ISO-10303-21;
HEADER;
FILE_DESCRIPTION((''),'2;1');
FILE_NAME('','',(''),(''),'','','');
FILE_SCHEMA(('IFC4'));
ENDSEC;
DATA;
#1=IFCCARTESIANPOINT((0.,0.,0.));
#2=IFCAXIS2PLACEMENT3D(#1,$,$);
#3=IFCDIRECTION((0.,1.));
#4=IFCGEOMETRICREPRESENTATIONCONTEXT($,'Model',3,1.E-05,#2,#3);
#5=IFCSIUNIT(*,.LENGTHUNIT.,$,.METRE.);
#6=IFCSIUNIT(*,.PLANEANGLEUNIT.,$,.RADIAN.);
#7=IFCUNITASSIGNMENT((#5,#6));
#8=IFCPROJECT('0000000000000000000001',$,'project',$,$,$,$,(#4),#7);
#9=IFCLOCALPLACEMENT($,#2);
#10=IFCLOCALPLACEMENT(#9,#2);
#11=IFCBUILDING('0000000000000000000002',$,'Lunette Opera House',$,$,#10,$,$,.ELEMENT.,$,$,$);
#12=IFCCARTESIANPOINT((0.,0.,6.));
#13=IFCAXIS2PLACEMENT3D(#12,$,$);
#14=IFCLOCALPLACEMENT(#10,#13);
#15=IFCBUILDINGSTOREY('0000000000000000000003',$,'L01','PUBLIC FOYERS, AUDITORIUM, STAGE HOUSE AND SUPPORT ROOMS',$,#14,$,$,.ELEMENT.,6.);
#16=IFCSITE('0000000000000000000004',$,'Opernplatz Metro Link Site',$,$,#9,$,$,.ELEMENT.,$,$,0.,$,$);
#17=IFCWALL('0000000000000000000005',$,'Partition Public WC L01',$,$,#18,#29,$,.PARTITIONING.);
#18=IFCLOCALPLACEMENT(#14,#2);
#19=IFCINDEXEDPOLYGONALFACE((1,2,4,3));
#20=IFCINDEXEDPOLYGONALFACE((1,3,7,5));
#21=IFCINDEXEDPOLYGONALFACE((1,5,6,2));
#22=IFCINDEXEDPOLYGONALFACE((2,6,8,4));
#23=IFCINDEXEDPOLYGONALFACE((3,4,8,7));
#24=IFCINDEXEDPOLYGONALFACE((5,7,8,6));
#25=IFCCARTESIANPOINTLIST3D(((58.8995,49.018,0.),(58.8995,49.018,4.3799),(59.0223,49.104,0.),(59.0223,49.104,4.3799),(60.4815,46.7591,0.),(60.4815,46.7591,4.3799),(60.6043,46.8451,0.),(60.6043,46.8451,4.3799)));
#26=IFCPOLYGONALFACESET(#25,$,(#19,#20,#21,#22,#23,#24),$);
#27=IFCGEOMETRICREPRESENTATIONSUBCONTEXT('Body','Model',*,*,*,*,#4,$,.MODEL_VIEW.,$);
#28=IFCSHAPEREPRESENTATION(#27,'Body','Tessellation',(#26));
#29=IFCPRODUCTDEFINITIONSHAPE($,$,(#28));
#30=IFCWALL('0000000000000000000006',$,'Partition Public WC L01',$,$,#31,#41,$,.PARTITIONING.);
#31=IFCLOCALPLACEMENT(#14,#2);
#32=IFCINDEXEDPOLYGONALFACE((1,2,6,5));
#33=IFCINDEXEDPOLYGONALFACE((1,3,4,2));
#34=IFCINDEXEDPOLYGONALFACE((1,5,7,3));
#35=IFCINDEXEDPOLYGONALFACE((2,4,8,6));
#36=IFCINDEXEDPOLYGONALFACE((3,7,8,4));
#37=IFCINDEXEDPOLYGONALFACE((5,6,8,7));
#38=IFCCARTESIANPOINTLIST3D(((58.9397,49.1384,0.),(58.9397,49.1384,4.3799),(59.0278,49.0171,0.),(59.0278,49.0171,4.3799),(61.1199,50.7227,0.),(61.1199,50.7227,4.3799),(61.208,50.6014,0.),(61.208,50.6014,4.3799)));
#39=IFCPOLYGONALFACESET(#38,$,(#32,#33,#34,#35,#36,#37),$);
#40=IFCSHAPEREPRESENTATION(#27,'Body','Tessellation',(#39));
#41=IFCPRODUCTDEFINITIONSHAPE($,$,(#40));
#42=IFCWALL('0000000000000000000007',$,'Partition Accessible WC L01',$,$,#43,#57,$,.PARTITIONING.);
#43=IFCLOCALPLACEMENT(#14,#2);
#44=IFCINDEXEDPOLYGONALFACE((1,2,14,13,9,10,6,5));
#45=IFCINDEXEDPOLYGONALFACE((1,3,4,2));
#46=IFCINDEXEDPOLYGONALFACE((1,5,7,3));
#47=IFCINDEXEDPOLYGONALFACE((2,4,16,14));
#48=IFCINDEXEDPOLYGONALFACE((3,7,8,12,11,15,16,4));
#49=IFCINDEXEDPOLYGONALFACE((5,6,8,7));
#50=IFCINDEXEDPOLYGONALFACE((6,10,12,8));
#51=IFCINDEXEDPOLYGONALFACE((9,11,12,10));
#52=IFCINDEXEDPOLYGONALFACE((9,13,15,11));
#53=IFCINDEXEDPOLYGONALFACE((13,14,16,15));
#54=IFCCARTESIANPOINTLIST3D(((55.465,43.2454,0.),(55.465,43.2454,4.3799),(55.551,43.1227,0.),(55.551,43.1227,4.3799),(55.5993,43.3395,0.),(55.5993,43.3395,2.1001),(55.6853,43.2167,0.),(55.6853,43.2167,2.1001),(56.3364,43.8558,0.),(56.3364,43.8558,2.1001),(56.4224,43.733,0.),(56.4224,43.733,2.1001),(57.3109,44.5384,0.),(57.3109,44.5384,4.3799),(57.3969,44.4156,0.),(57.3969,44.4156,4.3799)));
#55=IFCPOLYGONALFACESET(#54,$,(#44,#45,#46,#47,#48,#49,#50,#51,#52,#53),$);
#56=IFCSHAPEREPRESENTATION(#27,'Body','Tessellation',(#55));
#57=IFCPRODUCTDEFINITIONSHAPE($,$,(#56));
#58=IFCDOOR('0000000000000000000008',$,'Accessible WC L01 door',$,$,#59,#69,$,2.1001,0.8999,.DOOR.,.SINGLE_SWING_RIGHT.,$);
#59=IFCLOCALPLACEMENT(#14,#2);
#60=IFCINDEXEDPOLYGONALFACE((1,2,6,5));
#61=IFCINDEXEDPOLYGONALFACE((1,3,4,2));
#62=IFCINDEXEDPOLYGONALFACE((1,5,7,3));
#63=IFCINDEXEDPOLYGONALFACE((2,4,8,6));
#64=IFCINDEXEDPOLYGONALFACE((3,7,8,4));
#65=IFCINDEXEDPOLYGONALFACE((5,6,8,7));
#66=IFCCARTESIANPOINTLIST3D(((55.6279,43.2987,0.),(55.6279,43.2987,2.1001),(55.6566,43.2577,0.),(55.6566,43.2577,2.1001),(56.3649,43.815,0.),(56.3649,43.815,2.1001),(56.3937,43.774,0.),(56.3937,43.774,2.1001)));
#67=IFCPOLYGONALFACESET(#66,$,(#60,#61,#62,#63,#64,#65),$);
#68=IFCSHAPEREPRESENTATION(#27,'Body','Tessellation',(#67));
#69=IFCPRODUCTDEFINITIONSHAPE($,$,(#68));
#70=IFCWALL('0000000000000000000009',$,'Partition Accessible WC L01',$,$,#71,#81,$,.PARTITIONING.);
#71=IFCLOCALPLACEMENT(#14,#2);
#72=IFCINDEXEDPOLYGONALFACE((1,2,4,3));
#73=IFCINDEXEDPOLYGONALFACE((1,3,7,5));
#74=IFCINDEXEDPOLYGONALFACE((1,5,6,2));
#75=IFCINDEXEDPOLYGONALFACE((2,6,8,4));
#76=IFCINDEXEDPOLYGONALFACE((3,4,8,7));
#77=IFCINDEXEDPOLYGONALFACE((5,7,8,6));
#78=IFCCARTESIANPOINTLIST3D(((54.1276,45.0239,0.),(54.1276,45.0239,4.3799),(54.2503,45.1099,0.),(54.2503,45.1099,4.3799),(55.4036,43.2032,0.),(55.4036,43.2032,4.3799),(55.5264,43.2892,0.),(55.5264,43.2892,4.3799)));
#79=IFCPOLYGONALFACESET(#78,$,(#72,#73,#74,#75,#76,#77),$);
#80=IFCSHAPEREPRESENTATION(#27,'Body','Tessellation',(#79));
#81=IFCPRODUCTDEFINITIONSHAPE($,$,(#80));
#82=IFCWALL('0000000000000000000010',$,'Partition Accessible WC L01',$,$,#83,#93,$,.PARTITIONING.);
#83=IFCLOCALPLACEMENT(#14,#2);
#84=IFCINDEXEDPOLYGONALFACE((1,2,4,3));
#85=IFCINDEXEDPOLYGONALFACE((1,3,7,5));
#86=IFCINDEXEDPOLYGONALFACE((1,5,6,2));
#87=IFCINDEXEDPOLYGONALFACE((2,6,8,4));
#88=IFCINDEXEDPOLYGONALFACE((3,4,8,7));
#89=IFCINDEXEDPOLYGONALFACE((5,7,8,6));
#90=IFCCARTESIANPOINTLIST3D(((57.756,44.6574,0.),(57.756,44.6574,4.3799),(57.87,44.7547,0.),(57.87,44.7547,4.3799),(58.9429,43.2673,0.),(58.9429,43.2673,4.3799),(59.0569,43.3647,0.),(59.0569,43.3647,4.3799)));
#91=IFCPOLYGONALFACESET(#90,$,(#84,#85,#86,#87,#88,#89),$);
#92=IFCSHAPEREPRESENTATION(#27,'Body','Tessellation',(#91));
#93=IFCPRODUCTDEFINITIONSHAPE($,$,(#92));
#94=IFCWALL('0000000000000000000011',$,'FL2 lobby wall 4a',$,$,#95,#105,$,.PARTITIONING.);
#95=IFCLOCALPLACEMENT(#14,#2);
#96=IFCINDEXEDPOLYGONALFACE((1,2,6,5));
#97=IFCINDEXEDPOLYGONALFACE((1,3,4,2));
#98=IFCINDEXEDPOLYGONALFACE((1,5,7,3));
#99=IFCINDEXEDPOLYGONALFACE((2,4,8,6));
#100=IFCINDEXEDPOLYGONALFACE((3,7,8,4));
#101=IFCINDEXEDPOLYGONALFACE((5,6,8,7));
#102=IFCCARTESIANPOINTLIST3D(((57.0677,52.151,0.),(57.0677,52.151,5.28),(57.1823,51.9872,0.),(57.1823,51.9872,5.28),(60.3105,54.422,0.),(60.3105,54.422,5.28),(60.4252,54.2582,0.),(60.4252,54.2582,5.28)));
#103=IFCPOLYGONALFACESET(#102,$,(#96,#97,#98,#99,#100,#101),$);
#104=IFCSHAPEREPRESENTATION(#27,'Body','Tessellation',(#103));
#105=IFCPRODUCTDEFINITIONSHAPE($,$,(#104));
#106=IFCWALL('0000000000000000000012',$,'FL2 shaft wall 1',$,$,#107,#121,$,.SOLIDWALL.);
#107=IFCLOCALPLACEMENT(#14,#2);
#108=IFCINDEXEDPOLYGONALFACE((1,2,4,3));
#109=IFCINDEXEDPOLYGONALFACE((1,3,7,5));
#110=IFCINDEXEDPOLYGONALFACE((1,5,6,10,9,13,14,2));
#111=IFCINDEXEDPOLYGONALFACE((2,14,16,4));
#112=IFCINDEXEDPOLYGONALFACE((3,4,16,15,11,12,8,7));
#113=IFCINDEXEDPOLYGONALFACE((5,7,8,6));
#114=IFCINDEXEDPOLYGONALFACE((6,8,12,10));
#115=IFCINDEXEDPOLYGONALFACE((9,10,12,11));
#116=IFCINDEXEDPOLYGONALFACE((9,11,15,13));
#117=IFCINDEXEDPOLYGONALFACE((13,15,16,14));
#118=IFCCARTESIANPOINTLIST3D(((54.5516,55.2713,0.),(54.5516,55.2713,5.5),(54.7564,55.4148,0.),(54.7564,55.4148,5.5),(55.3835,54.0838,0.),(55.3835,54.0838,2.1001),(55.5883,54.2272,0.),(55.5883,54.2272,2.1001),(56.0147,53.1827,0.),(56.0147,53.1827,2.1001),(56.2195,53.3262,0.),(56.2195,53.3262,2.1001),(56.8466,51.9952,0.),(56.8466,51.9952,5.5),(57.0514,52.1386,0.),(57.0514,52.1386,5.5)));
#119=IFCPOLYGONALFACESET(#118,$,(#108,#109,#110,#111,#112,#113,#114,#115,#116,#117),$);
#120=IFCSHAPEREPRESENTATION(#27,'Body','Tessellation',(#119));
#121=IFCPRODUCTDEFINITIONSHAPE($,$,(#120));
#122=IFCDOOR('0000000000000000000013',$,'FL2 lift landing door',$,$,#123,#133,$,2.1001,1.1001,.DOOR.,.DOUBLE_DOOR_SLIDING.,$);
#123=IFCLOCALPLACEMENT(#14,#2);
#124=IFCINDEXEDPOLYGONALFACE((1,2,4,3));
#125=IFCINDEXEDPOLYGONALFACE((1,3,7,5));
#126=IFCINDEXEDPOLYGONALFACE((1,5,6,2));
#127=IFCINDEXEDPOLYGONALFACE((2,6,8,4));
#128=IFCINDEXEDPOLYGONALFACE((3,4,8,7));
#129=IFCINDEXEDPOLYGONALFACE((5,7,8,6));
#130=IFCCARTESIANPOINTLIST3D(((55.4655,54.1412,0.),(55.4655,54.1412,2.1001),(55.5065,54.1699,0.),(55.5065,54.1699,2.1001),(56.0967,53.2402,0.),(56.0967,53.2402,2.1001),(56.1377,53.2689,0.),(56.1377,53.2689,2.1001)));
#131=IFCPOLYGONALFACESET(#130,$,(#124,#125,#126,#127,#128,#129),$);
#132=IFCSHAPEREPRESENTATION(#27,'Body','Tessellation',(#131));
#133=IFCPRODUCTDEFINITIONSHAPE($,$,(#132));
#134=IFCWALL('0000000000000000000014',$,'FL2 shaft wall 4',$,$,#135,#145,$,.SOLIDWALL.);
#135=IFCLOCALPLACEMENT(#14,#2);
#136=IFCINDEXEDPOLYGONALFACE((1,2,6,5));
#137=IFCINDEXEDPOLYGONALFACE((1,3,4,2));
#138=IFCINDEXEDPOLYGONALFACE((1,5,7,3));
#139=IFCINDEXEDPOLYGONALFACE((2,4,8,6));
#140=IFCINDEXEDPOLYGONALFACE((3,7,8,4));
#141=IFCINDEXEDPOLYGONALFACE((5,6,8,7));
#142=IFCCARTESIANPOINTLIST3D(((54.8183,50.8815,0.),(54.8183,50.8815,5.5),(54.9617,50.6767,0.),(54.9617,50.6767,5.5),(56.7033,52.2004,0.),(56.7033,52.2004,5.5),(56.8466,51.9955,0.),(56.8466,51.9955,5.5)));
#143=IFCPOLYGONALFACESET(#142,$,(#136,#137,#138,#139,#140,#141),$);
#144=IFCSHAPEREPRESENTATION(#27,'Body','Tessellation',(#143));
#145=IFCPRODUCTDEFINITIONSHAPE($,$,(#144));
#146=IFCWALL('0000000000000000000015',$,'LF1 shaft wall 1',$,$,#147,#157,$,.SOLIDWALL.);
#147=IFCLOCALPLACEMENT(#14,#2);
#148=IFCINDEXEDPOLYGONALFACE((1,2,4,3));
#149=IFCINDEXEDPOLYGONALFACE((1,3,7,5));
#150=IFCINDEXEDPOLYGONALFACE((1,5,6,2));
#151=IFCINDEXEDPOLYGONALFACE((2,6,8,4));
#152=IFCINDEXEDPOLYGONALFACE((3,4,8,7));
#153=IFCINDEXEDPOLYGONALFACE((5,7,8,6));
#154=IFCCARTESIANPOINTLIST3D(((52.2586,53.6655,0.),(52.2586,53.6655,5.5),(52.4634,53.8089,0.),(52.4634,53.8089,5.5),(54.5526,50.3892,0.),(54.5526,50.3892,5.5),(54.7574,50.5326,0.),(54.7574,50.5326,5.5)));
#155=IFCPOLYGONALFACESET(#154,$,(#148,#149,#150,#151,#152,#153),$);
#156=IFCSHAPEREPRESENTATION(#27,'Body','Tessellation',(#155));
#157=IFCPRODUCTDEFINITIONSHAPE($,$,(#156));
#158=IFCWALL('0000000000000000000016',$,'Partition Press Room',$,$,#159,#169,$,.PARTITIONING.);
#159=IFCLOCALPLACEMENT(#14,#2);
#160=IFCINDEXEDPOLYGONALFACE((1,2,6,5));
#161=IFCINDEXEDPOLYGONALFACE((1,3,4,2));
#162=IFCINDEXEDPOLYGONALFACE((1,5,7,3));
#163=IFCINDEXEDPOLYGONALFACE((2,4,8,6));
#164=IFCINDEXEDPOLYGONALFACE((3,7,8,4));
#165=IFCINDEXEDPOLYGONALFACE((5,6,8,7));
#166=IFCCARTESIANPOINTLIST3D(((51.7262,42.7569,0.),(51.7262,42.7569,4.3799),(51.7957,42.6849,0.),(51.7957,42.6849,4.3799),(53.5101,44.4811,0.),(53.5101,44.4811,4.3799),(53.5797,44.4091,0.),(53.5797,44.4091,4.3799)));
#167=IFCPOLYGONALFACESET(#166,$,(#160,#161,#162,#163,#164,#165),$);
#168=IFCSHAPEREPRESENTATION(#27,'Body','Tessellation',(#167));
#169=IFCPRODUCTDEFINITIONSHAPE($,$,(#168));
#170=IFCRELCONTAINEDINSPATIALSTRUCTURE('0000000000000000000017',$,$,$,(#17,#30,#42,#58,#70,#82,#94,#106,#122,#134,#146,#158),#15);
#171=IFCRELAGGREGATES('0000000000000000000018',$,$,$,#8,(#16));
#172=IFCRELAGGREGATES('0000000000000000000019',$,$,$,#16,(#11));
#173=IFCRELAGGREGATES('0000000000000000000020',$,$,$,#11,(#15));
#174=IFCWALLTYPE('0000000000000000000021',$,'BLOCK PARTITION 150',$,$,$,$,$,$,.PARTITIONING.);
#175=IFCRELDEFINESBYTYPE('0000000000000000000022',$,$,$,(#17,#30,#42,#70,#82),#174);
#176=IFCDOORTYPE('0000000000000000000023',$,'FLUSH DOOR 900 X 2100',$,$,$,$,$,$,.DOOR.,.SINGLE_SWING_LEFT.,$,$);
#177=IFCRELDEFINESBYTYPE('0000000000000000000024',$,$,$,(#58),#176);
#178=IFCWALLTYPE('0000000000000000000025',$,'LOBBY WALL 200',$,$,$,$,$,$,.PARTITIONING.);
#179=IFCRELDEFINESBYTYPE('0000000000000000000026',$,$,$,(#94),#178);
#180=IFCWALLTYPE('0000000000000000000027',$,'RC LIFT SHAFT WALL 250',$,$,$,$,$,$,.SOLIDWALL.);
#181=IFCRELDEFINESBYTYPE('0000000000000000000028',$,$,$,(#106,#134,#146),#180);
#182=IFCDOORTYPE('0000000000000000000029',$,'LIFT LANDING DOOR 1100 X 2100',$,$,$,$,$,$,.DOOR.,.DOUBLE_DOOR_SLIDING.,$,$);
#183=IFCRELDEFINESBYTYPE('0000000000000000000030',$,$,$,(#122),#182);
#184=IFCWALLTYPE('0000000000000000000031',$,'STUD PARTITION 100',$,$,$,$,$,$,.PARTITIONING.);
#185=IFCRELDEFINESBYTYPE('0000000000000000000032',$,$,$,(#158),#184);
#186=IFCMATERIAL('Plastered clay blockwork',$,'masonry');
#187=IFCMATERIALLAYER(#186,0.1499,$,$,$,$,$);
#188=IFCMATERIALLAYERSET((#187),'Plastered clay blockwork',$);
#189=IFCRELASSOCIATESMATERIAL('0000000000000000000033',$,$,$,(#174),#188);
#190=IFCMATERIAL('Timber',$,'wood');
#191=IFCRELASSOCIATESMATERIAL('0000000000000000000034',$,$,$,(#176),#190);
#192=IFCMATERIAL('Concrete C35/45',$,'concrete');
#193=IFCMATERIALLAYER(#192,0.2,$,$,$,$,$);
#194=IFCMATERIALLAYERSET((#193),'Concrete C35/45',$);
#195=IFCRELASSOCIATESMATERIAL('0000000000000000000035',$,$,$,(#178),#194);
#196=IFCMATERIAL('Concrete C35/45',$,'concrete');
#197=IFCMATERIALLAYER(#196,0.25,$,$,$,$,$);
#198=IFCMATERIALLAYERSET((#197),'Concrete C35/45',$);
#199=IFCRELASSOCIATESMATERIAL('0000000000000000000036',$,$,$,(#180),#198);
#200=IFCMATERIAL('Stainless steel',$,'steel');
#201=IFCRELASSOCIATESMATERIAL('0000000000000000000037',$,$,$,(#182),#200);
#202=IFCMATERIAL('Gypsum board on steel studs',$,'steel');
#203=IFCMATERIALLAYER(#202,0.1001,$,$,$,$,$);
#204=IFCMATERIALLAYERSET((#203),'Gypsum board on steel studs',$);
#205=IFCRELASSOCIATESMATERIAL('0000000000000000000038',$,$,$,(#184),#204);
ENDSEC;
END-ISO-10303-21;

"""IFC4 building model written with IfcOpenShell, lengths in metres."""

from ifc_helpers import new_model, si_unit, direction, frame, frame_2d, origin, place, context, subcontext, project, spatial, rectangle, extrude, material, layer, layer_set, type_object, element, fill, save


model = new_model("IFC4")

# Units and contexts
model_context = context("Model", 3, precision=1e-05, world=origin(), true_north=direction((0.0, 1.0)))
body_context = subcontext(model_context, "Body", "Model", "MODEL_VIEW")
ifc_project = project(units=[si_unit("LENGTHUNIT", "METRE"), si_unit("PLANEANGLEUNIT", "RADIAN")], contexts=[model_context])

# Site, building, storey
site_placement = place(None, origin())
site = spatial("IfcSite", under=ifc_project, at=site_placement, Name="Opernplatz Metro Link Site", CompositionType="ELEMENT", RefElevation=0.0)
building_placement = place(site_placement, origin())
building = spatial("IfcBuilding", under=site, at=building_placement, Name="Lunette Opera House", CompositionType="ELEMENT")
storey_placement = place(building_placement, frame((0.0, 0.0, 6.0)))
storey = spatial("IfcBuildingStorey", under=building, at=storey_placement, Name="L01", Description="PUBLIC FOYERS, AUDITORIUM, STAGE HOUSE AND SUPPORT ROOMS", CompositionType="ELEMENT", Elevation=6.0)

# Walls
ifc_material_1 = material(Name="Plastered clay blockwork", Category="masonry")
ifc_layer_1 = layer(ifc_material_1, 0.1499)
ifc_layer_set_1 = layer_set([ifc_layer_1], Name="Plastered clay blockwork")
wall_type_1 = type_object("IfcWallType", Name="BLOCK PARTITION 150", PredefinedType="PARTITIONING", material=ifc_layer_set_1)
wall_1_placement = place(storey_placement, frame((58.9609, 49.061, 0.0), z_axis=(0.0, 0.0, 1.0), x_axis=(0.573635, -0.819111, 0.0)))
element("IfcWall", 1, at=wall_1_placement, inside=storey, type_object=wall_type_1, Name="Partition Public WC L01", PredefinedType="PARTITIONING", context=body_context, shape_type="SweptSolid", body=[
    extrude(rectangle(XDim=2.7578, YDim=0.1499, at=frame_2d((1.3789, 0.0))), origin(), (0.0, 0.0, 1.0), 4.3799),
])
wall_2_placement = place(storey_placement, frame((61.1641, 50.6621, 0.0), z_axis=(0.0, 0.0, 1.0), x_axis=(-0.808975, -0.587843, 0.0)))
element("IfcWall", 2, at=wall_2_placement, inside=storey, type_object=wall_type_1, Name="Partition Public WC L01", PredefinedType="PARTITIONING", context=body_context, shape_type="SweptSolid", body=[
    extrude(rectangle(XDim=2.6951, YDim=0.1499, at=frame_2d((1.3477, 0.0))), origin(), (0.0, 0.0, 1.0), 4.3799),
])

# Wall, opening, door
wall_3_placement = place(storey_placement, frame((57.354, 44.4771, 0.0), z_axis=(0.0, 0.0, 1.0), x_axis=(-0.819064, -0.573702, 0.0)))
wall_3 = element("IfcWall", 3, at=wall_3_placement, inside=storey, type_object=wall_type_1, Name="Partition Accessible WC L01", PredefinedType="PARTITIONING", context=body_context, shape_type="SweptSolid", body=[
    extrude(rectangle(XDim=2.2537, YDim=0.1499, at=frame_2d((1.127, 0.0))), origin(), (0.0, 0.0, 1.0), 4.3799),
])
opening_1_placement = place(wall_3_placement, frame((1.1899, 0.0, 0.0)))
opening_1 = element("IfcOpeningElement", 4, at=opening_1_placement, cuts=wall_3, PredefinedType="OPENING", context=body_context, shape_type="SweptSolid", body=[
    extrude(rectangle(XDim=0.8999, YDim=2.1001, at=frame_2d((0.45, 1.05))), frame((0.0, 0.0869, 0.0), z_axis=(0.0, -1.0, 0.0), x_axis=(1.0, 0.0, 0.0)), (0.0, 0.0, 1.0), 0.1738),
])
ifc_material_2 = material(Name="Timber", Category="wood")
door_type_1 = type_object("IfcDoorType", Name="FLUSH DOOR 900 X 2100", OperationType="SINGLE_SWING_LEFT", PredefinedType="DOOR", material=ifc_material_2)
door_1_placement = place(opening_1_placement, origin())
door_1 = element("IfcDoor", 5, at=door_1_placement, inside=storey, type_object=door_type_1, Name="Accessible WC L01 door", OperationType="SINGLE_SWING_RIGHT", OverallHeight=2.1001, OverallWidth=0.8999, PredefinedType="DOOR", context=body_context, shape_type="SweptSolid", body=[
    extrude(rectangle(XDim=0.8999, YDim=2.1001, at=frame_2d((0.45, 1.05))), frame((0.0, 0.0249, 0.0), z_axis=(0.0, -1.0, 0.0), x_axis=(1.0, 0.0, 0.0)), (0.0, 0.0, 1.0), 0.05),
])
fill(opening_1, door_1)

# Walls
wall_4_placement = place(storey_placement, frame((55.4651, 43.2461, 0.0), z_axis=(0.0, 0.0, 1.0), x_axis=(-0.573934, 0.818902, 0.0)))
element("IfcWall", 6, at=wall_4_placement, inside=storey, type_object=wall_type_1, Name="Partition Accessible WC L01", PredefinedType="PARTITIONING", context=body_context, shape_type="SweptSolid", body=[
    extrude(rectangle(XDim=2.2234, YDim=0.1499, at=frame_2d((1.1118, 0.0))), origin(), (0.0, 0.0, 1.0), 4.3799),
])
wall_5_placement = place(storey_placement, frame((59.0, 43.3159, 0.0), z_axis=(0.0, 0.0, 1.0), x_axis=(-0.64936, 0.760481, 0.0)))
element("IfcWall", 7, at=wall_5_placement, inside=storey, type_object=wall_type_1, Name="Partition Accessible WC L01", PredefinedType="PARTITIONING", context=body_context, shape_type="SweptSolid", body=[
    extrude(rectangle(XDim=1.8279, YDim=0.1499, at=frame_2d((0.9141, 0.0))), origin(), (0.0, 0.0, 1.0), 4.3799),
])
ifc_material_3 = material(Name="Concrete C35/45", Category="concrete")
ifc_layer_2 = layer(ifc_material_3, 0.2)
ifc_layer_set_2 = layer_set([ifc_layer_2], Name="Concrete C35/45")
wall_type_2 = type_object("IfcWallType", Name="LOBBY WALL 200", PredefinedType="PARTITIONING", material=ifc_layer_set_2)
wall_6_placement = place(storey_placement, frame((57.125, 52.0691, 0.0), z_axis=(0.0, 0.0, 1.0), x_axis=(0.819119, 0.573624, 0.0)))
element("IfcWall", 8, at=wall_6_placement, inside=storey, type_object=wall_type_2, Name="FL2 lobby wall 4a", PredefinedType="PARTITIONING", context=body_context, shape_type="SweptSolid", body=[
    extrude(rectangle(XDim=3.959, YDim=0.2, at=frame_2d((1.9795, 0.0))), origin(), (0.0, 0.0, 1.0), 5.28),
])

# Wall, opening, door
ifc_material_4 = material(Name="Concrete C35/45", Category="concrete")
ifc_layer_3 = layer(ifc_material_4, 0.25)
ifc_layer_set_3 = layer_set([ifc_layer_3], Name="Concrete C35/45")
wall_type_3 = type_object("IfcWallType", Name="RC LIFT SHAFT WALL 250", PredefinedType="SOLIDWALL", material=ifc_layer_set_3)
wall_7_placement = place(storey_placement, frame((56.949, 52.0669, 0.0), z_axis=(0.0, 0.0, 1.0), x_axis=(-0.573737, 0.81904, 0.0)))
wall_7 = element("IfcWall", 9, at=wall_7_placement, inside=storey, type_object=wall_type_3, Name="FL2 shaft wall 1", PredefinedType="SOLIDWALL", context=body_context, shape_type="SweptSolid", body=[
    extrude(rectangle(XDim=4.0, YDim=0.25, at=frame_2d((2.0, 0.0))), origin(), (0.0, 0.0, 1.0), 5.5),
])
opening_2_placement = place(wall_7_placement, frame((1.45, 0.0, 0.0)))
opening_2 = element("IfcOpeningElement", 10, at=opening_2_placement, cuts=wall_7, PredefinedType="OPENING", context=body_context, shape_type="SweptSolid", body=[
    extrude(rectangle(XDim=1.1001, YDim=2.1001, at=frame_2d((0.55, 1.05))), frame((0.0, 0.137, 0.0), z_axis=(0.0, -1.0, 0.0), x_axis=(1.0, 0.0, 0.0)), (0.0, 0.0, 1.0), 0.2739),
])
ifc_material_5 = material(Name="Stainless steel", Category="steel")
door_type_2 = type_object("IfcDoorType", Name="LIFT LANDING DOOR 1100 X 2100", OperationType="DOUBLE_DOOR_SLIDING", PredefinedType="DOOR", material=ifc_material_5)
door_2_placement = place(opening_2_placement, origin())
door_2 = element("IfcDoor", 11, at=door_2_placement, inside=storey, type_object=door_type_2, Name="FL2 lift landing door", OperationType="DOUBLE_DOOR_SLIDING", OverallHeight=2.1001, OverallWidth=1.1001, PredefinedType="DOOR", context=body_context, shape_type="SweptSolid", body=[
    extrude(rectangle(XDim=1.1001, YDim=2.1001, at=frame_2d((0.55, 1.05))), frame((0.0, 0.0249, 0.0), z_axis=(0.0, -1.0, 0.0), x_axis=(1.0, 0.0, 0.0)), (0.0, 0.0, 1.0), 0.05),
])
fill(opening_2, door_2)

# Walls
wall_8_placement = place(storey_placement, frame((54.8899, 50.7791, 0.0), z_axis=(0.0, 0.0, 1.0), x_axis=(0.819367, 0.57327, 0.0)))
element("IfcWall", 12, at=wall_8_placement, inside=storey, type_object=wall_type_3, Name="FL2 shaft wall 4", PredefinedType="SOLIDWALL", context=body_context, shape_type="SweptSolid", body=[
    extrude(rectangle(XDim=2.3005, YDim=0.25, at=frame_2d((1.1504, 0.0))), origin(), (0.0, 0.0, 1.0), 5.5),
])
wall_9_placement = place(storey_placement, frame((54.655, 50.4609, 0.0), z_axis=(0.0, 0.0, 1.0), x_axis=(-0.573573, 0.819154, 0.0)))
element("IfcWall", 13, at=wall_9_placement, inside=storey, type_object=wall_type_3, Name="LF1 shaft wall 1", PredefinedType="SOLIDWALL", context=body_context, shape_type="SweptSolid", body=[
    extrude(rectangle(XDim=3.9995, YDim=0.25, at=frame_2d((1.9998, 0.0))), origin(), (0.0, 0.0, 1.0), 5.5),
])
ifc_material_6 = material(Name="Gypsum board on steel studs", Category="steel")
ifc_layer_4 = layer(ifc_material_6, 0.1001)
ifc_layer_set_4 = layer_set([ifc_layer_4], Name="Gypsum board on steel studs")
wall_type_4 = type_object("IfcWallType", Name="STUD PARTITION 100", PredefinedType="PARTITIONING", material=ifc_layer_set_4)
wall_10_placement = place(storey_placement, frame((53.5449, 44.4451, 0.0), z_axis=(0.0, 0.0, 1.0), x_axis=(-0.719059, -0.694949, 0.0)))
element("IfcWall", 14, at=wall_10_placement, inside=storey, type_object=wall_type_4, Name="Partition Press Room", PredefinedType="PARTITIONING", context=body_context, shape_type="SweptSolid", body=[
    extrude(rectangle(XDim=2.481, YDim=0.1001, at=frame_2d((1.2405, 0.0))), origin(), (0.0, 0.0, 1.0), 4.3799),
])

save(model, "model.ifc")
